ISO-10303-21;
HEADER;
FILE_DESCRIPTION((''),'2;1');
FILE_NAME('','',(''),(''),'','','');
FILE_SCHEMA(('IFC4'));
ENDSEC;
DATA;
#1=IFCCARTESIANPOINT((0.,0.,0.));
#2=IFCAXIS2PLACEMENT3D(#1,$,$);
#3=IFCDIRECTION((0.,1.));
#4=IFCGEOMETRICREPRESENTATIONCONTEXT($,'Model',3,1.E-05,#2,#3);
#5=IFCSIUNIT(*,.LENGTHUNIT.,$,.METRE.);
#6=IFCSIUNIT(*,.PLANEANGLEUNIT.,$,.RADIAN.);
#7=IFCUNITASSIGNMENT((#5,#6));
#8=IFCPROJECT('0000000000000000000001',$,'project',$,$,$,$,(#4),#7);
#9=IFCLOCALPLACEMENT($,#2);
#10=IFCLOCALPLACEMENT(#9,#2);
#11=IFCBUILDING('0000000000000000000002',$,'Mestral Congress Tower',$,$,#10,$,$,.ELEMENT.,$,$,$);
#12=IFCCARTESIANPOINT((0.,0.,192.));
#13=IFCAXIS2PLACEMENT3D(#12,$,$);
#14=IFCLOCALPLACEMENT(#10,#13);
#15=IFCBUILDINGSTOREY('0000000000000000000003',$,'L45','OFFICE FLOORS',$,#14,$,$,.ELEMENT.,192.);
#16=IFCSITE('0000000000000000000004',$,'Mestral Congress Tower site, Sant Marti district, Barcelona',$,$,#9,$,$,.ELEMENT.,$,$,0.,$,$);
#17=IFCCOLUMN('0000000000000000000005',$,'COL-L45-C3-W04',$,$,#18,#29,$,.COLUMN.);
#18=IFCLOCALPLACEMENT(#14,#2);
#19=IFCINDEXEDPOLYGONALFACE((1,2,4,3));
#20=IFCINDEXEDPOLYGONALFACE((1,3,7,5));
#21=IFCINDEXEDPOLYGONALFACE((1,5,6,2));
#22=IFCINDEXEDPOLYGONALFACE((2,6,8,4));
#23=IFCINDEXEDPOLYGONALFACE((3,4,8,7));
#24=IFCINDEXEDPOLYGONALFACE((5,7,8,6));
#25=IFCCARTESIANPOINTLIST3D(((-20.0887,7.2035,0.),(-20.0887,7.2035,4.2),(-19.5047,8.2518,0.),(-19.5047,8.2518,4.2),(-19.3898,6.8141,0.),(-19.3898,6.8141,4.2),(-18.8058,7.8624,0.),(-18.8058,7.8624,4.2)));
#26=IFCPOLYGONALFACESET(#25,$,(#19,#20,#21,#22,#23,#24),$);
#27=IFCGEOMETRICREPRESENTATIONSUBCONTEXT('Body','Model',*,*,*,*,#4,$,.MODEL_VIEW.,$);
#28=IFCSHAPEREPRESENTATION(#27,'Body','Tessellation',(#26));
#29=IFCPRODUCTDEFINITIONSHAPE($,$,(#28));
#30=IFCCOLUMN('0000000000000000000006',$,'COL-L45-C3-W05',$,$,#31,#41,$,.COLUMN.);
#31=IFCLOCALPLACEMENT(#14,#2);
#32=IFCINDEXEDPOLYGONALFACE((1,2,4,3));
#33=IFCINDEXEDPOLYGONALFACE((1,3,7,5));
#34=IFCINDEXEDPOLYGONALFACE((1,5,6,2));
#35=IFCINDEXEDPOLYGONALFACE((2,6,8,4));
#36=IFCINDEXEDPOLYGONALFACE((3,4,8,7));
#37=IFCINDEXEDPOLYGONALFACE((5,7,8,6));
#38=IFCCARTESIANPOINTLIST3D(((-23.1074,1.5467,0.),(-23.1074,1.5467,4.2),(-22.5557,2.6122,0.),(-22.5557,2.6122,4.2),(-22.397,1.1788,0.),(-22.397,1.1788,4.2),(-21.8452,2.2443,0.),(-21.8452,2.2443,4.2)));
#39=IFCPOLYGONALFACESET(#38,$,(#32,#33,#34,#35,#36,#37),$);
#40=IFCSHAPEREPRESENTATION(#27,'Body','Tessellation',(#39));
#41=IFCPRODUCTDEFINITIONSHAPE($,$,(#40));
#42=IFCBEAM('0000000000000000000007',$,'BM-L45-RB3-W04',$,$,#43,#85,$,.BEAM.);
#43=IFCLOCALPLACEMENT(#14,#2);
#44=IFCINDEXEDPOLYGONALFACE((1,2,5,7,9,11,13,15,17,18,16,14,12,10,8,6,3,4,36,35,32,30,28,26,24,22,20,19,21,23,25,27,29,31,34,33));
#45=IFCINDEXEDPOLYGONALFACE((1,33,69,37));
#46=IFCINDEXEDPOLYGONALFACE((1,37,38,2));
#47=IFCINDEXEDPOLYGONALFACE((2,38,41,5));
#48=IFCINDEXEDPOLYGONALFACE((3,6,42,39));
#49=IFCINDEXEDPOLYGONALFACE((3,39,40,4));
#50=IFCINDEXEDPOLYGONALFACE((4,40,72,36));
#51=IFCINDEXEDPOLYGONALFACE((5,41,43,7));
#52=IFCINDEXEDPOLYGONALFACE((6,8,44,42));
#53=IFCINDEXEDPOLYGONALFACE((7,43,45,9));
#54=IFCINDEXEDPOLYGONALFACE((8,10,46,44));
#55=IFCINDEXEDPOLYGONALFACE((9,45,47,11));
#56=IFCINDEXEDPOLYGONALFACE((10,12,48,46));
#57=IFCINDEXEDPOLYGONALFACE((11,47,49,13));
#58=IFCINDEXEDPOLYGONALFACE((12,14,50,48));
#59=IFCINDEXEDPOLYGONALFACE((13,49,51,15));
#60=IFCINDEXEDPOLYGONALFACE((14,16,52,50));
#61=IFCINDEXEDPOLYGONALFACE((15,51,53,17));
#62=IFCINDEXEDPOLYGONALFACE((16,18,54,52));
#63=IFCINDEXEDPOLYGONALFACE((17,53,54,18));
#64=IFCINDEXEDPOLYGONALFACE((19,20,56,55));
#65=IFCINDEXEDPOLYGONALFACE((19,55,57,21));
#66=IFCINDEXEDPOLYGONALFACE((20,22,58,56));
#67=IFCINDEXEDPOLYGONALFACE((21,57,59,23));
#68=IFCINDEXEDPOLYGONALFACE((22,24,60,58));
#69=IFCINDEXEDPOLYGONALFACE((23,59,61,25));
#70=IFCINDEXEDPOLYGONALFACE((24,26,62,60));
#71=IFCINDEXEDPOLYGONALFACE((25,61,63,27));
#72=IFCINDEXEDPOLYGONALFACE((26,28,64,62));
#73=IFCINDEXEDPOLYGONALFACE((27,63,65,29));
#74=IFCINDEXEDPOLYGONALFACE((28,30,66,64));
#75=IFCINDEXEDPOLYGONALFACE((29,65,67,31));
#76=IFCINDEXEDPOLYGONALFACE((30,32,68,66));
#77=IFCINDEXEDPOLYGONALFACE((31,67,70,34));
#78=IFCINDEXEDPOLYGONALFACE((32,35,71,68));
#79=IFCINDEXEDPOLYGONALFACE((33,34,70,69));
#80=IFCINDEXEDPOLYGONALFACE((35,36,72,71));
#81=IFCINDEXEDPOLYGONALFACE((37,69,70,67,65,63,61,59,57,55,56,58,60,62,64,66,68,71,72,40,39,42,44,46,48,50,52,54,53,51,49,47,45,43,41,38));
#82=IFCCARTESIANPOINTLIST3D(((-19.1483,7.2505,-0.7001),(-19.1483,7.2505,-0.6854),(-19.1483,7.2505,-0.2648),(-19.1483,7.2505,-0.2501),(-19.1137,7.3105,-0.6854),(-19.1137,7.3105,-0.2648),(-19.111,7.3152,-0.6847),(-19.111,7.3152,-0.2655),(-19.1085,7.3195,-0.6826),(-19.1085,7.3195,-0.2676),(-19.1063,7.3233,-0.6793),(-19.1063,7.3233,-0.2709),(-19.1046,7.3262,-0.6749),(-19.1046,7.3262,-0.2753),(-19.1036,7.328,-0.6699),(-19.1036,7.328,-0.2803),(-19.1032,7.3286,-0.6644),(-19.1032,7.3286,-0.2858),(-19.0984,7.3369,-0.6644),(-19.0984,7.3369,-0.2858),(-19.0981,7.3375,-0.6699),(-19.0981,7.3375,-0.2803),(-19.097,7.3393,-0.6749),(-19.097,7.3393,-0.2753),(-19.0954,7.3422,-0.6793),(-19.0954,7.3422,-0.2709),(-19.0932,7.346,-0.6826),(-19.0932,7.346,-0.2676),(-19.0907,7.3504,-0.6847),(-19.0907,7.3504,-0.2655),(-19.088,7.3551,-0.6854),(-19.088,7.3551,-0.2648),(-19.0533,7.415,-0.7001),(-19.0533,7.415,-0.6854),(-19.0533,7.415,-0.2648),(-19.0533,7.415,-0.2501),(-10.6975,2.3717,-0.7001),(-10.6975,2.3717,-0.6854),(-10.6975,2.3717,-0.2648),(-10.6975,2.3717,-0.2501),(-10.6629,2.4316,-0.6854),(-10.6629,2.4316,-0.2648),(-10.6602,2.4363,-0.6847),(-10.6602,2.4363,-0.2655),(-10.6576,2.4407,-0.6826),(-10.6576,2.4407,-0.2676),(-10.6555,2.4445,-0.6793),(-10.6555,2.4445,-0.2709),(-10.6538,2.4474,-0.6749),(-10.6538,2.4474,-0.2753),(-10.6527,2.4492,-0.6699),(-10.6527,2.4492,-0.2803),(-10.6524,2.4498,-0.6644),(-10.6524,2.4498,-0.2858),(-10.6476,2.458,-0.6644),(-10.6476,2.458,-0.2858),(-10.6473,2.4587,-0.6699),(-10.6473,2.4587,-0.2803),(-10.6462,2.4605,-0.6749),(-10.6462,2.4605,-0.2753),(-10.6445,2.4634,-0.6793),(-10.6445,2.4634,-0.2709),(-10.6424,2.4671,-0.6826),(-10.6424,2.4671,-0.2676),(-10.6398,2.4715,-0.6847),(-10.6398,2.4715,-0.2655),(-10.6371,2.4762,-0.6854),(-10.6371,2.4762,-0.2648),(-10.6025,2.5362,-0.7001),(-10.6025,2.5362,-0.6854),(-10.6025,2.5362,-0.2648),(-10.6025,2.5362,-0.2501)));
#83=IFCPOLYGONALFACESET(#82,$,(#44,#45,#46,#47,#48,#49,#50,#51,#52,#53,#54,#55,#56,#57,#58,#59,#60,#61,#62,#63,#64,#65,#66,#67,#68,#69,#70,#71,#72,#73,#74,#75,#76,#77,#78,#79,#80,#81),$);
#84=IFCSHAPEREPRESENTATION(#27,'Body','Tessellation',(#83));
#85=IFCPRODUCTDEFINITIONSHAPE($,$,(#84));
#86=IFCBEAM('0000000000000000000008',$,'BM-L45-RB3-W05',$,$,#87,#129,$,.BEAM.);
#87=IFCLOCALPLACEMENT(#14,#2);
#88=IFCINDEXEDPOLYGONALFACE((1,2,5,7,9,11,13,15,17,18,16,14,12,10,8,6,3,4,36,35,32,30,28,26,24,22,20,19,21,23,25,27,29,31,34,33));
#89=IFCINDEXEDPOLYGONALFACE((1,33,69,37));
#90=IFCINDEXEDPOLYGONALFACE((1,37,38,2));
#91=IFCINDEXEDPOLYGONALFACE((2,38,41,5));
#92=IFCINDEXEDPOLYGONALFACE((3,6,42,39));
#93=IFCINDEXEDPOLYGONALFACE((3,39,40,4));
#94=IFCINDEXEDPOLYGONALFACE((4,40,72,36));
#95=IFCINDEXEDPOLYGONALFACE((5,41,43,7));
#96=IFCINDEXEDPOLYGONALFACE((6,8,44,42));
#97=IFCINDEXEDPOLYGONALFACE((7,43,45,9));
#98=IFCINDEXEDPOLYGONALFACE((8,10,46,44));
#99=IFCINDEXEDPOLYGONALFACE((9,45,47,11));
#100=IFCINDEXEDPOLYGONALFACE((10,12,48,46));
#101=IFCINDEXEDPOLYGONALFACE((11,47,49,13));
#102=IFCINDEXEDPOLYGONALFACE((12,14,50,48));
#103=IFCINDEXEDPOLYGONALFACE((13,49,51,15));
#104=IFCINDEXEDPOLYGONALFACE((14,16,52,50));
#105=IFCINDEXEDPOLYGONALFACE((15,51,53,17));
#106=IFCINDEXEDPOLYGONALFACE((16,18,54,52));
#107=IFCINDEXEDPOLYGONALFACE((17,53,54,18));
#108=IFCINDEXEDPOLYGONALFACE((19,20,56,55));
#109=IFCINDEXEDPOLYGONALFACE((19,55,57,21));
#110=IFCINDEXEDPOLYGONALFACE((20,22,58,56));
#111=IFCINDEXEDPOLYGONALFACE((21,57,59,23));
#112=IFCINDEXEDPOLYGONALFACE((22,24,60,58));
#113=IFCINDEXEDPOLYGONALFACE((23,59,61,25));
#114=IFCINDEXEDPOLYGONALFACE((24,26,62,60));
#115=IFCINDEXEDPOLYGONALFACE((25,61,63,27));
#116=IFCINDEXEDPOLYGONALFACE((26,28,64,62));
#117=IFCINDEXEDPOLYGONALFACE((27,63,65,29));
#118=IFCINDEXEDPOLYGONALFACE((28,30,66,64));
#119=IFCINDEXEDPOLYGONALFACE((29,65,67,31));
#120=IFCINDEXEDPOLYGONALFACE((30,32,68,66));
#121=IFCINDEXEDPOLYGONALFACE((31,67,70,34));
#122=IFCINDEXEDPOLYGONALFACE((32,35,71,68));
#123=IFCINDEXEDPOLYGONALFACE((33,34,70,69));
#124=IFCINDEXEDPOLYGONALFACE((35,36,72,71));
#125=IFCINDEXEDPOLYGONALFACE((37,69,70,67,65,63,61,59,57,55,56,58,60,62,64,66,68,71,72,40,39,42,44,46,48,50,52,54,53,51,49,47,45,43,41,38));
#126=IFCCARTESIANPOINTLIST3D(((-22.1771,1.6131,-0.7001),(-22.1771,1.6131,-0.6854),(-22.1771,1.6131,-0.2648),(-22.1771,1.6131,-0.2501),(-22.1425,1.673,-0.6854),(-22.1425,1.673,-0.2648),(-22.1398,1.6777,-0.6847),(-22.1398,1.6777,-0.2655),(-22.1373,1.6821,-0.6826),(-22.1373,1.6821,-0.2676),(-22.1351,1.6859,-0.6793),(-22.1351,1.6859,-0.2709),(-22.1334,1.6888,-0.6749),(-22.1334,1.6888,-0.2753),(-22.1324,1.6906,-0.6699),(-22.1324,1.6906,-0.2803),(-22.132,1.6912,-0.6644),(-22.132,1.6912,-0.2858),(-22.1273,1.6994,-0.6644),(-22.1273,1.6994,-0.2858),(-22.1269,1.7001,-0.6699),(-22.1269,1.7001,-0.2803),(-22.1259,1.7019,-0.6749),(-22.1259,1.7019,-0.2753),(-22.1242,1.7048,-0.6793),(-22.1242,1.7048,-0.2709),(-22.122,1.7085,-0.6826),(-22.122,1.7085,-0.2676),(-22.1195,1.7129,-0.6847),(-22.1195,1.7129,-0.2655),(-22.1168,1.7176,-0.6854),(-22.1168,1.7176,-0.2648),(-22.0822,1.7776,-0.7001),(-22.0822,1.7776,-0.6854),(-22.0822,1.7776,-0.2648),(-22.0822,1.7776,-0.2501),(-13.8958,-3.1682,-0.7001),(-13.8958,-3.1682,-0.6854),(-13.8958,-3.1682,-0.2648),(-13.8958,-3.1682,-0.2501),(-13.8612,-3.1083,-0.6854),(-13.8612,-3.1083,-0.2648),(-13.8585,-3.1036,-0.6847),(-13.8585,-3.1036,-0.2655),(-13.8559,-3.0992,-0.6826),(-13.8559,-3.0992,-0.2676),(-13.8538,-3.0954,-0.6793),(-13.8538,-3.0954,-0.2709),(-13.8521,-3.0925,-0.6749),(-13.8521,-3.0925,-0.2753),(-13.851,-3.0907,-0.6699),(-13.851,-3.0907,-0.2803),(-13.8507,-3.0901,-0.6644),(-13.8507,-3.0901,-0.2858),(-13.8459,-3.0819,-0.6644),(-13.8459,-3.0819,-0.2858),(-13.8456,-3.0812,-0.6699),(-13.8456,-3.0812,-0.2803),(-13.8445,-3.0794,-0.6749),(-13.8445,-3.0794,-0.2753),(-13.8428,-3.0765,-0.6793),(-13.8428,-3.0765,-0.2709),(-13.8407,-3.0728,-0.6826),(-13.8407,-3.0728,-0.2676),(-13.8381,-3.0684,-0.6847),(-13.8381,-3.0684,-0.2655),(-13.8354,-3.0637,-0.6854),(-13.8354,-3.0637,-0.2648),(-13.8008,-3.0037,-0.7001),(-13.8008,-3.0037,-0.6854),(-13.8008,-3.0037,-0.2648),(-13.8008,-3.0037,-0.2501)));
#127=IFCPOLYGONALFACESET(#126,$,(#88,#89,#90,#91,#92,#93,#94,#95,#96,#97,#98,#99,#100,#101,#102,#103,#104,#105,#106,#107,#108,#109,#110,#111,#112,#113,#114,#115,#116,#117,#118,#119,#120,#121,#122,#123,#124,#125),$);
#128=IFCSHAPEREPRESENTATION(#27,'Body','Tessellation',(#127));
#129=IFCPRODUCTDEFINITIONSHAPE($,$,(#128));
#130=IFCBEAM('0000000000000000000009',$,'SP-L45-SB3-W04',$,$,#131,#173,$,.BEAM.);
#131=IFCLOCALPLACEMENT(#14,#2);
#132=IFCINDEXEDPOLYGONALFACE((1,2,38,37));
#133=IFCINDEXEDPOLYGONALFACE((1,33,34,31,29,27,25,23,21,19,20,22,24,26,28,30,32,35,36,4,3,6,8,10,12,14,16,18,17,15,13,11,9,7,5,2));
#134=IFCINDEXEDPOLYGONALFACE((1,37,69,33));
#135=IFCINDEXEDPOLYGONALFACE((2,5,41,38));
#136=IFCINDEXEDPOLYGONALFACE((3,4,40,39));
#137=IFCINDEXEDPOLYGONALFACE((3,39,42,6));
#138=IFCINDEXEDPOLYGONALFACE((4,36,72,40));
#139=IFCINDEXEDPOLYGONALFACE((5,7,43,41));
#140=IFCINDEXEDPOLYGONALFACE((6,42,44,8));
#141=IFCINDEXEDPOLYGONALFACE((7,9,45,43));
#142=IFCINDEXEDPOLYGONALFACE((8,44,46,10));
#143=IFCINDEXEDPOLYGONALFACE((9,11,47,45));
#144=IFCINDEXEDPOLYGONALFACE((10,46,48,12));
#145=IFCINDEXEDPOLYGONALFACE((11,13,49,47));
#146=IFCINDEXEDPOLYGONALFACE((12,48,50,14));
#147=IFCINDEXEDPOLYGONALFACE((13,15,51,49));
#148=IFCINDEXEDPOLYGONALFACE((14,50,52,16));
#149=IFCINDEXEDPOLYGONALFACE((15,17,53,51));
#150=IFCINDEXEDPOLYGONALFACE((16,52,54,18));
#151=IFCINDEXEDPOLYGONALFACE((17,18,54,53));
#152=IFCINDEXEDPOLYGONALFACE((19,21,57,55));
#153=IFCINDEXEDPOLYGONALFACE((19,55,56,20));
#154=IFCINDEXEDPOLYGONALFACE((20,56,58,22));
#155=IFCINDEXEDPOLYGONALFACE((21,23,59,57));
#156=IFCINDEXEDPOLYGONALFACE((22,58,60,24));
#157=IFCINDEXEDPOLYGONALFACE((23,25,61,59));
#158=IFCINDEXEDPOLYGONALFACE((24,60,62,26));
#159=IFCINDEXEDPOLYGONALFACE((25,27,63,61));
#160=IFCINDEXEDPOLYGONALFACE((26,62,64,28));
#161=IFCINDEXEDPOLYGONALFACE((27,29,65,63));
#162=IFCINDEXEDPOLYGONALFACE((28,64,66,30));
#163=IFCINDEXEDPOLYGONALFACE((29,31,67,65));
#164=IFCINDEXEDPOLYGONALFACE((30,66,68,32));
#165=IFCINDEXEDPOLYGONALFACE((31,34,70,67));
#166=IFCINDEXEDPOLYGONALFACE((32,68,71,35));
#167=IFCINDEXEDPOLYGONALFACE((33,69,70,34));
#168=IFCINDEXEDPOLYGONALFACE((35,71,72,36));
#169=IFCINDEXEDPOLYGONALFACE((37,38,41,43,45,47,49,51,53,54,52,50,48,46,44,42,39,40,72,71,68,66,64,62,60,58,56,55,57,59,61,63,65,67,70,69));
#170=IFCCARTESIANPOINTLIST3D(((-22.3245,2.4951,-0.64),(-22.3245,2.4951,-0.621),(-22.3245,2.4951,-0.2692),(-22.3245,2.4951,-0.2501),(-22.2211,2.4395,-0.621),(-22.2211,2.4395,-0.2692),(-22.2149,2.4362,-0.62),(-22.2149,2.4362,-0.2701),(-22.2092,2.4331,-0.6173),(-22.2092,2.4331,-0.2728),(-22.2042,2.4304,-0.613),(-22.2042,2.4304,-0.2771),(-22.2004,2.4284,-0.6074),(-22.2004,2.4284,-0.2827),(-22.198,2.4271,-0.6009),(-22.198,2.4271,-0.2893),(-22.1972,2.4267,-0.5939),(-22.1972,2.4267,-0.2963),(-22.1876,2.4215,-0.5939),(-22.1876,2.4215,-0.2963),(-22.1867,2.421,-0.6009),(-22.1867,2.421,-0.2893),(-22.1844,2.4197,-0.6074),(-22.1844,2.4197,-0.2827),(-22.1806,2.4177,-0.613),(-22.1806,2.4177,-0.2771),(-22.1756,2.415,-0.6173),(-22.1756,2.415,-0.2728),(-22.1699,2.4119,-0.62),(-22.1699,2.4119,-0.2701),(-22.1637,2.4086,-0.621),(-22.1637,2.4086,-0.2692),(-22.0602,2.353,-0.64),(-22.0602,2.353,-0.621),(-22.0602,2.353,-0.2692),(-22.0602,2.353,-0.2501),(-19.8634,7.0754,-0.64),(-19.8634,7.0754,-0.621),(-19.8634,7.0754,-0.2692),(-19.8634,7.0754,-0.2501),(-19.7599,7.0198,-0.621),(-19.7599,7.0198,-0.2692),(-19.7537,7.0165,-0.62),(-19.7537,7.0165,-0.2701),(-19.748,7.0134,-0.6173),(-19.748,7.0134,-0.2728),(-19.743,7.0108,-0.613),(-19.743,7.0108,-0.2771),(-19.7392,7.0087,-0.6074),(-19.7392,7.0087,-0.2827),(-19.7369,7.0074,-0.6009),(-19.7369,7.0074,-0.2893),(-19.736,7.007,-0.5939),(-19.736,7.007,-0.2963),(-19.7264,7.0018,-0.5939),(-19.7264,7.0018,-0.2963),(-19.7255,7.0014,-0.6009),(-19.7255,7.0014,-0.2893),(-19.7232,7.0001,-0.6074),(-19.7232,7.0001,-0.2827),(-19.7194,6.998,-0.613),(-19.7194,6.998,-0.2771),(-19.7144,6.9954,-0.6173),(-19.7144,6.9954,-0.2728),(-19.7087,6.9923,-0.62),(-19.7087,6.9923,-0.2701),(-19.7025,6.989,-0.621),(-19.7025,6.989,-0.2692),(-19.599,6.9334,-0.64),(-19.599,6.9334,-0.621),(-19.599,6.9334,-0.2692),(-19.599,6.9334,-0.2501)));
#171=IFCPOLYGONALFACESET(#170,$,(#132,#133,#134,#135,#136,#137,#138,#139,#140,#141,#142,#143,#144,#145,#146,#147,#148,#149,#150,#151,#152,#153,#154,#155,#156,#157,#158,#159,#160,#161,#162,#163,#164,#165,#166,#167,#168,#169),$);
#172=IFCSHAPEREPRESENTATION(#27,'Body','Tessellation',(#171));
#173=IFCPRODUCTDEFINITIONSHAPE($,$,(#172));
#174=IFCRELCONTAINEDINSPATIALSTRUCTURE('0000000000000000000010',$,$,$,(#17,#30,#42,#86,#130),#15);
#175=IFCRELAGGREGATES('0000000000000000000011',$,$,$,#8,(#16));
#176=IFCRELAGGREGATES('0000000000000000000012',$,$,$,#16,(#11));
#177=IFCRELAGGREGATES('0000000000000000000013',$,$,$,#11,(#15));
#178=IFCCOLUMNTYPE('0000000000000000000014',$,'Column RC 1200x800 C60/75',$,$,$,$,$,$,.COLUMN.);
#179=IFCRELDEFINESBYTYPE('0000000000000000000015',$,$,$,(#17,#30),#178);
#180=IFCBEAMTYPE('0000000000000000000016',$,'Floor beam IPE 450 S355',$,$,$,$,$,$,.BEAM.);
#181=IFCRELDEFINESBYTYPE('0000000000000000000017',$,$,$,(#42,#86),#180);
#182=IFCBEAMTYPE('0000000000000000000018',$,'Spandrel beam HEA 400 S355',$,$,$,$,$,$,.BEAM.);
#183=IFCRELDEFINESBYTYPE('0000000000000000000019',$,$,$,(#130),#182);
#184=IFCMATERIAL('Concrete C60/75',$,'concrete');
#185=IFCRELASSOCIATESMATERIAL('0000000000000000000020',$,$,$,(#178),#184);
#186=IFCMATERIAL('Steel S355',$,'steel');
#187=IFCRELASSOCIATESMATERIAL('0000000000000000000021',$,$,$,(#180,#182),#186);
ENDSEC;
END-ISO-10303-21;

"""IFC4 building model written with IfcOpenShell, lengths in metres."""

from ifc_helpers import new_model, si_unit, direction, frame, origin, origin_2d, place, context, subcontext, project, spatial, rectangle, i_section, extrude, material, material_profile, profile_set, type_object, element, save


model = new_model("IFC4")

# Units and contexts
model_context = context("Model", 3, precision=1e-05, world=origin(), true_north=direction((0.0, 1.0)))
body_context = subcontext(model_context, "Body", "Model", "MODEL_VIEW")
ifc_project = project(units=[si_unit("LENGTHUNIT", "METRE"), si_unit("PLANEANGLEUNIT", "RADIAN")], contexts=[model_context])

# Site, building, storey
site_placement = place(None, origin())
site = spatial("IfcSite", under=ifc_project, at=site_placement, Name="Mestral Congress Tower site, Sant Marti district, Barcelona", CompositionType="ELEMENT", RefElevation=0.0)
building_placement = place(site_placement, origin())
building = spatial("IfcBuilding", under=site, at=building_placement, Name="Mestral Congress Tower", CompositionType="ELEMENT")
storey_placement = place(building_placement, frame((0.0, 0.0, 192.0)))
storey = spatial("IfcBuildingStorey", under=building, at=storey_placement, Name="L45", Description="OFFICE FLOORS", CompositionType="ELEMENT", Elevation=192.0)

# Columns
ifc_material_1 = material(Name="Concrete C60/75", Category="concrete")
ifc_material_profile_1 = material_profile(ifc_material_1, rectangle(XDim=1.2, YDim=0.8, at=origin_2d()), Name="RC 1200x800")
ifc_profile_set_1 = profile_set([ifc_material_profile_1], Name="Concrete C60/75")
column_type = type_object("IfcColumnType", Name="Column RC 1200x800 C60/75", PredefinedType="COLUMN", material=ifc_profile_set_1)
for number, where, z_axis, x_axis, name in (
    (1, (-19.4473, 7.533, 0.0), (0.0, 0.0, 1.0), (-0.486724, -0.873556, 0.0), "COL-L45-C3-W04"),
    (2, (-22.4763, 1.8955, 0.0), (0.0, 0.0, 1.0), (-0.459837, -0.888003, 0.0), "COL-L45-C3-W05"),
):
    element("IfcColumn", number, at=place(storey_placement, frame(where, z_axis=z_axis, x_axis=x_axis)), inside=storey, type_object=column_type, Name=name, PredefinedType="COLUMN", context=body_context, shape_type="SweptSolid", body=[
        extrude(rectangle(XDim=1.2, YDim=0.8, at=origin_2d()), origin(), (0.0, 0.0, 1.0), 4.2),
    ])

# Beams
ifc_material_2 = material(Name="Steel S355", Category="steel")
ifc_material_profile_2 = material_profile(ifc_material_2, i_section(OverallWidth=0.1899, OverallDepth=0.45, WebThickness=0.0095, FlangeThickness=0.0146, FilletRadius=0.021, at=origin_2d()), Name="IPE 450")
ifc_profile_set_2 = profile_set([ifc_material_profile_2], Name="Steel S355")
beam_type_1 = type_object("IfcBeamType", Name="Floor beam IPE 450 S355", PredefinedType="BEAM", material=ifc_profile_set_2)
beam_1_placement = place(storey_placement, frame((-19.1008, 7.3328, -0.4751), z_axis=(0.866036, -0.499982, 0.0), x_axis=(0.499982, 0.866036, 0.0)))
element("IfcBeam", 3, at=beam_1_placement, inside=storey, type_object=beam_type_1, Name="BM-L45-RB3-W04", PredefinedType="BEAM", context=body_context, shape_type="SweptSolid", body=[
    extrude(i_section(OverallWidth=0.1899, OverallDepth=0.45, WebThickness=0.0095, FlangeThickness=0.0146, FilletRadius=0.021, at=origin_2d()), origin(), (0.0, 0.0, 1.0), 9.7581),
])
beam_2_placement = place(storey_placement, frame((-22.1296, 1.6953, -0.4751), z_axis=(0.866022, -0.500005, 0.0), x_axis=(0.500005, 0.866022, 0.0)))
element("IfcBeam", 4, at=beam_2_placement, inside=storey, type_object=beam_type_1, Name="BM-L45-RB3-W05", PredefinedType="BEAM", context=body_context, shape_type="SweptSolid", body=[
    extrude(i_section(OverallWidth=0.1899, OverallDepth=0.45, WebThickness=0.0095, FlangeThickness=0.0146, FilletRadius=0.021, at=origin_2d()), origin(), (0.0, 0.0, 1.0), 9.5625),
])
ifc_material_profile_3 = material_profile(ifc_material_2, i_section(OverallWidth=0.3, OverallDepth=0.3899, WebThickness=0.011, FlangeThickness=0.019, FilletRadius=0.0271, at=origin_2d()), Name="HEA 400")
ifc_profile_set_3 = profile_set([ifc_material_profile_3], Name="Steel S355")
beam_type_2 = type_object("IfcBeamType", Name="Spandrel beam HEA 400 S355", PredefinedType="BEAM", material=ifc_profile_set_3)
beam_3_placement = place(storey_placement, frame((-19.7312, 7.0044, -0.4451), z_axis=(-0.473332, -0.880884, 0.0), x_axis=(0.880884, -0.473332, 0.0)))
element("IfcBeam", 5, at=beam_3_placement, inside=storey, type_object=beam_type_2, Name="SP-L45-SB3-W04", PredefinedType="BEAM", context=body_context, shape_type="SweptSolid", body=[
    extrude(i_section(OverallWidth=0.3, OverallDepth=0.3899, WebThickness=0.011, FlangeThickness=0.019, FilletRadius=0.0271, at=origin_2d()), origin(), (0.0, 0.0, 1.0), 5.1997),
])

save(model, "model.ifc")
